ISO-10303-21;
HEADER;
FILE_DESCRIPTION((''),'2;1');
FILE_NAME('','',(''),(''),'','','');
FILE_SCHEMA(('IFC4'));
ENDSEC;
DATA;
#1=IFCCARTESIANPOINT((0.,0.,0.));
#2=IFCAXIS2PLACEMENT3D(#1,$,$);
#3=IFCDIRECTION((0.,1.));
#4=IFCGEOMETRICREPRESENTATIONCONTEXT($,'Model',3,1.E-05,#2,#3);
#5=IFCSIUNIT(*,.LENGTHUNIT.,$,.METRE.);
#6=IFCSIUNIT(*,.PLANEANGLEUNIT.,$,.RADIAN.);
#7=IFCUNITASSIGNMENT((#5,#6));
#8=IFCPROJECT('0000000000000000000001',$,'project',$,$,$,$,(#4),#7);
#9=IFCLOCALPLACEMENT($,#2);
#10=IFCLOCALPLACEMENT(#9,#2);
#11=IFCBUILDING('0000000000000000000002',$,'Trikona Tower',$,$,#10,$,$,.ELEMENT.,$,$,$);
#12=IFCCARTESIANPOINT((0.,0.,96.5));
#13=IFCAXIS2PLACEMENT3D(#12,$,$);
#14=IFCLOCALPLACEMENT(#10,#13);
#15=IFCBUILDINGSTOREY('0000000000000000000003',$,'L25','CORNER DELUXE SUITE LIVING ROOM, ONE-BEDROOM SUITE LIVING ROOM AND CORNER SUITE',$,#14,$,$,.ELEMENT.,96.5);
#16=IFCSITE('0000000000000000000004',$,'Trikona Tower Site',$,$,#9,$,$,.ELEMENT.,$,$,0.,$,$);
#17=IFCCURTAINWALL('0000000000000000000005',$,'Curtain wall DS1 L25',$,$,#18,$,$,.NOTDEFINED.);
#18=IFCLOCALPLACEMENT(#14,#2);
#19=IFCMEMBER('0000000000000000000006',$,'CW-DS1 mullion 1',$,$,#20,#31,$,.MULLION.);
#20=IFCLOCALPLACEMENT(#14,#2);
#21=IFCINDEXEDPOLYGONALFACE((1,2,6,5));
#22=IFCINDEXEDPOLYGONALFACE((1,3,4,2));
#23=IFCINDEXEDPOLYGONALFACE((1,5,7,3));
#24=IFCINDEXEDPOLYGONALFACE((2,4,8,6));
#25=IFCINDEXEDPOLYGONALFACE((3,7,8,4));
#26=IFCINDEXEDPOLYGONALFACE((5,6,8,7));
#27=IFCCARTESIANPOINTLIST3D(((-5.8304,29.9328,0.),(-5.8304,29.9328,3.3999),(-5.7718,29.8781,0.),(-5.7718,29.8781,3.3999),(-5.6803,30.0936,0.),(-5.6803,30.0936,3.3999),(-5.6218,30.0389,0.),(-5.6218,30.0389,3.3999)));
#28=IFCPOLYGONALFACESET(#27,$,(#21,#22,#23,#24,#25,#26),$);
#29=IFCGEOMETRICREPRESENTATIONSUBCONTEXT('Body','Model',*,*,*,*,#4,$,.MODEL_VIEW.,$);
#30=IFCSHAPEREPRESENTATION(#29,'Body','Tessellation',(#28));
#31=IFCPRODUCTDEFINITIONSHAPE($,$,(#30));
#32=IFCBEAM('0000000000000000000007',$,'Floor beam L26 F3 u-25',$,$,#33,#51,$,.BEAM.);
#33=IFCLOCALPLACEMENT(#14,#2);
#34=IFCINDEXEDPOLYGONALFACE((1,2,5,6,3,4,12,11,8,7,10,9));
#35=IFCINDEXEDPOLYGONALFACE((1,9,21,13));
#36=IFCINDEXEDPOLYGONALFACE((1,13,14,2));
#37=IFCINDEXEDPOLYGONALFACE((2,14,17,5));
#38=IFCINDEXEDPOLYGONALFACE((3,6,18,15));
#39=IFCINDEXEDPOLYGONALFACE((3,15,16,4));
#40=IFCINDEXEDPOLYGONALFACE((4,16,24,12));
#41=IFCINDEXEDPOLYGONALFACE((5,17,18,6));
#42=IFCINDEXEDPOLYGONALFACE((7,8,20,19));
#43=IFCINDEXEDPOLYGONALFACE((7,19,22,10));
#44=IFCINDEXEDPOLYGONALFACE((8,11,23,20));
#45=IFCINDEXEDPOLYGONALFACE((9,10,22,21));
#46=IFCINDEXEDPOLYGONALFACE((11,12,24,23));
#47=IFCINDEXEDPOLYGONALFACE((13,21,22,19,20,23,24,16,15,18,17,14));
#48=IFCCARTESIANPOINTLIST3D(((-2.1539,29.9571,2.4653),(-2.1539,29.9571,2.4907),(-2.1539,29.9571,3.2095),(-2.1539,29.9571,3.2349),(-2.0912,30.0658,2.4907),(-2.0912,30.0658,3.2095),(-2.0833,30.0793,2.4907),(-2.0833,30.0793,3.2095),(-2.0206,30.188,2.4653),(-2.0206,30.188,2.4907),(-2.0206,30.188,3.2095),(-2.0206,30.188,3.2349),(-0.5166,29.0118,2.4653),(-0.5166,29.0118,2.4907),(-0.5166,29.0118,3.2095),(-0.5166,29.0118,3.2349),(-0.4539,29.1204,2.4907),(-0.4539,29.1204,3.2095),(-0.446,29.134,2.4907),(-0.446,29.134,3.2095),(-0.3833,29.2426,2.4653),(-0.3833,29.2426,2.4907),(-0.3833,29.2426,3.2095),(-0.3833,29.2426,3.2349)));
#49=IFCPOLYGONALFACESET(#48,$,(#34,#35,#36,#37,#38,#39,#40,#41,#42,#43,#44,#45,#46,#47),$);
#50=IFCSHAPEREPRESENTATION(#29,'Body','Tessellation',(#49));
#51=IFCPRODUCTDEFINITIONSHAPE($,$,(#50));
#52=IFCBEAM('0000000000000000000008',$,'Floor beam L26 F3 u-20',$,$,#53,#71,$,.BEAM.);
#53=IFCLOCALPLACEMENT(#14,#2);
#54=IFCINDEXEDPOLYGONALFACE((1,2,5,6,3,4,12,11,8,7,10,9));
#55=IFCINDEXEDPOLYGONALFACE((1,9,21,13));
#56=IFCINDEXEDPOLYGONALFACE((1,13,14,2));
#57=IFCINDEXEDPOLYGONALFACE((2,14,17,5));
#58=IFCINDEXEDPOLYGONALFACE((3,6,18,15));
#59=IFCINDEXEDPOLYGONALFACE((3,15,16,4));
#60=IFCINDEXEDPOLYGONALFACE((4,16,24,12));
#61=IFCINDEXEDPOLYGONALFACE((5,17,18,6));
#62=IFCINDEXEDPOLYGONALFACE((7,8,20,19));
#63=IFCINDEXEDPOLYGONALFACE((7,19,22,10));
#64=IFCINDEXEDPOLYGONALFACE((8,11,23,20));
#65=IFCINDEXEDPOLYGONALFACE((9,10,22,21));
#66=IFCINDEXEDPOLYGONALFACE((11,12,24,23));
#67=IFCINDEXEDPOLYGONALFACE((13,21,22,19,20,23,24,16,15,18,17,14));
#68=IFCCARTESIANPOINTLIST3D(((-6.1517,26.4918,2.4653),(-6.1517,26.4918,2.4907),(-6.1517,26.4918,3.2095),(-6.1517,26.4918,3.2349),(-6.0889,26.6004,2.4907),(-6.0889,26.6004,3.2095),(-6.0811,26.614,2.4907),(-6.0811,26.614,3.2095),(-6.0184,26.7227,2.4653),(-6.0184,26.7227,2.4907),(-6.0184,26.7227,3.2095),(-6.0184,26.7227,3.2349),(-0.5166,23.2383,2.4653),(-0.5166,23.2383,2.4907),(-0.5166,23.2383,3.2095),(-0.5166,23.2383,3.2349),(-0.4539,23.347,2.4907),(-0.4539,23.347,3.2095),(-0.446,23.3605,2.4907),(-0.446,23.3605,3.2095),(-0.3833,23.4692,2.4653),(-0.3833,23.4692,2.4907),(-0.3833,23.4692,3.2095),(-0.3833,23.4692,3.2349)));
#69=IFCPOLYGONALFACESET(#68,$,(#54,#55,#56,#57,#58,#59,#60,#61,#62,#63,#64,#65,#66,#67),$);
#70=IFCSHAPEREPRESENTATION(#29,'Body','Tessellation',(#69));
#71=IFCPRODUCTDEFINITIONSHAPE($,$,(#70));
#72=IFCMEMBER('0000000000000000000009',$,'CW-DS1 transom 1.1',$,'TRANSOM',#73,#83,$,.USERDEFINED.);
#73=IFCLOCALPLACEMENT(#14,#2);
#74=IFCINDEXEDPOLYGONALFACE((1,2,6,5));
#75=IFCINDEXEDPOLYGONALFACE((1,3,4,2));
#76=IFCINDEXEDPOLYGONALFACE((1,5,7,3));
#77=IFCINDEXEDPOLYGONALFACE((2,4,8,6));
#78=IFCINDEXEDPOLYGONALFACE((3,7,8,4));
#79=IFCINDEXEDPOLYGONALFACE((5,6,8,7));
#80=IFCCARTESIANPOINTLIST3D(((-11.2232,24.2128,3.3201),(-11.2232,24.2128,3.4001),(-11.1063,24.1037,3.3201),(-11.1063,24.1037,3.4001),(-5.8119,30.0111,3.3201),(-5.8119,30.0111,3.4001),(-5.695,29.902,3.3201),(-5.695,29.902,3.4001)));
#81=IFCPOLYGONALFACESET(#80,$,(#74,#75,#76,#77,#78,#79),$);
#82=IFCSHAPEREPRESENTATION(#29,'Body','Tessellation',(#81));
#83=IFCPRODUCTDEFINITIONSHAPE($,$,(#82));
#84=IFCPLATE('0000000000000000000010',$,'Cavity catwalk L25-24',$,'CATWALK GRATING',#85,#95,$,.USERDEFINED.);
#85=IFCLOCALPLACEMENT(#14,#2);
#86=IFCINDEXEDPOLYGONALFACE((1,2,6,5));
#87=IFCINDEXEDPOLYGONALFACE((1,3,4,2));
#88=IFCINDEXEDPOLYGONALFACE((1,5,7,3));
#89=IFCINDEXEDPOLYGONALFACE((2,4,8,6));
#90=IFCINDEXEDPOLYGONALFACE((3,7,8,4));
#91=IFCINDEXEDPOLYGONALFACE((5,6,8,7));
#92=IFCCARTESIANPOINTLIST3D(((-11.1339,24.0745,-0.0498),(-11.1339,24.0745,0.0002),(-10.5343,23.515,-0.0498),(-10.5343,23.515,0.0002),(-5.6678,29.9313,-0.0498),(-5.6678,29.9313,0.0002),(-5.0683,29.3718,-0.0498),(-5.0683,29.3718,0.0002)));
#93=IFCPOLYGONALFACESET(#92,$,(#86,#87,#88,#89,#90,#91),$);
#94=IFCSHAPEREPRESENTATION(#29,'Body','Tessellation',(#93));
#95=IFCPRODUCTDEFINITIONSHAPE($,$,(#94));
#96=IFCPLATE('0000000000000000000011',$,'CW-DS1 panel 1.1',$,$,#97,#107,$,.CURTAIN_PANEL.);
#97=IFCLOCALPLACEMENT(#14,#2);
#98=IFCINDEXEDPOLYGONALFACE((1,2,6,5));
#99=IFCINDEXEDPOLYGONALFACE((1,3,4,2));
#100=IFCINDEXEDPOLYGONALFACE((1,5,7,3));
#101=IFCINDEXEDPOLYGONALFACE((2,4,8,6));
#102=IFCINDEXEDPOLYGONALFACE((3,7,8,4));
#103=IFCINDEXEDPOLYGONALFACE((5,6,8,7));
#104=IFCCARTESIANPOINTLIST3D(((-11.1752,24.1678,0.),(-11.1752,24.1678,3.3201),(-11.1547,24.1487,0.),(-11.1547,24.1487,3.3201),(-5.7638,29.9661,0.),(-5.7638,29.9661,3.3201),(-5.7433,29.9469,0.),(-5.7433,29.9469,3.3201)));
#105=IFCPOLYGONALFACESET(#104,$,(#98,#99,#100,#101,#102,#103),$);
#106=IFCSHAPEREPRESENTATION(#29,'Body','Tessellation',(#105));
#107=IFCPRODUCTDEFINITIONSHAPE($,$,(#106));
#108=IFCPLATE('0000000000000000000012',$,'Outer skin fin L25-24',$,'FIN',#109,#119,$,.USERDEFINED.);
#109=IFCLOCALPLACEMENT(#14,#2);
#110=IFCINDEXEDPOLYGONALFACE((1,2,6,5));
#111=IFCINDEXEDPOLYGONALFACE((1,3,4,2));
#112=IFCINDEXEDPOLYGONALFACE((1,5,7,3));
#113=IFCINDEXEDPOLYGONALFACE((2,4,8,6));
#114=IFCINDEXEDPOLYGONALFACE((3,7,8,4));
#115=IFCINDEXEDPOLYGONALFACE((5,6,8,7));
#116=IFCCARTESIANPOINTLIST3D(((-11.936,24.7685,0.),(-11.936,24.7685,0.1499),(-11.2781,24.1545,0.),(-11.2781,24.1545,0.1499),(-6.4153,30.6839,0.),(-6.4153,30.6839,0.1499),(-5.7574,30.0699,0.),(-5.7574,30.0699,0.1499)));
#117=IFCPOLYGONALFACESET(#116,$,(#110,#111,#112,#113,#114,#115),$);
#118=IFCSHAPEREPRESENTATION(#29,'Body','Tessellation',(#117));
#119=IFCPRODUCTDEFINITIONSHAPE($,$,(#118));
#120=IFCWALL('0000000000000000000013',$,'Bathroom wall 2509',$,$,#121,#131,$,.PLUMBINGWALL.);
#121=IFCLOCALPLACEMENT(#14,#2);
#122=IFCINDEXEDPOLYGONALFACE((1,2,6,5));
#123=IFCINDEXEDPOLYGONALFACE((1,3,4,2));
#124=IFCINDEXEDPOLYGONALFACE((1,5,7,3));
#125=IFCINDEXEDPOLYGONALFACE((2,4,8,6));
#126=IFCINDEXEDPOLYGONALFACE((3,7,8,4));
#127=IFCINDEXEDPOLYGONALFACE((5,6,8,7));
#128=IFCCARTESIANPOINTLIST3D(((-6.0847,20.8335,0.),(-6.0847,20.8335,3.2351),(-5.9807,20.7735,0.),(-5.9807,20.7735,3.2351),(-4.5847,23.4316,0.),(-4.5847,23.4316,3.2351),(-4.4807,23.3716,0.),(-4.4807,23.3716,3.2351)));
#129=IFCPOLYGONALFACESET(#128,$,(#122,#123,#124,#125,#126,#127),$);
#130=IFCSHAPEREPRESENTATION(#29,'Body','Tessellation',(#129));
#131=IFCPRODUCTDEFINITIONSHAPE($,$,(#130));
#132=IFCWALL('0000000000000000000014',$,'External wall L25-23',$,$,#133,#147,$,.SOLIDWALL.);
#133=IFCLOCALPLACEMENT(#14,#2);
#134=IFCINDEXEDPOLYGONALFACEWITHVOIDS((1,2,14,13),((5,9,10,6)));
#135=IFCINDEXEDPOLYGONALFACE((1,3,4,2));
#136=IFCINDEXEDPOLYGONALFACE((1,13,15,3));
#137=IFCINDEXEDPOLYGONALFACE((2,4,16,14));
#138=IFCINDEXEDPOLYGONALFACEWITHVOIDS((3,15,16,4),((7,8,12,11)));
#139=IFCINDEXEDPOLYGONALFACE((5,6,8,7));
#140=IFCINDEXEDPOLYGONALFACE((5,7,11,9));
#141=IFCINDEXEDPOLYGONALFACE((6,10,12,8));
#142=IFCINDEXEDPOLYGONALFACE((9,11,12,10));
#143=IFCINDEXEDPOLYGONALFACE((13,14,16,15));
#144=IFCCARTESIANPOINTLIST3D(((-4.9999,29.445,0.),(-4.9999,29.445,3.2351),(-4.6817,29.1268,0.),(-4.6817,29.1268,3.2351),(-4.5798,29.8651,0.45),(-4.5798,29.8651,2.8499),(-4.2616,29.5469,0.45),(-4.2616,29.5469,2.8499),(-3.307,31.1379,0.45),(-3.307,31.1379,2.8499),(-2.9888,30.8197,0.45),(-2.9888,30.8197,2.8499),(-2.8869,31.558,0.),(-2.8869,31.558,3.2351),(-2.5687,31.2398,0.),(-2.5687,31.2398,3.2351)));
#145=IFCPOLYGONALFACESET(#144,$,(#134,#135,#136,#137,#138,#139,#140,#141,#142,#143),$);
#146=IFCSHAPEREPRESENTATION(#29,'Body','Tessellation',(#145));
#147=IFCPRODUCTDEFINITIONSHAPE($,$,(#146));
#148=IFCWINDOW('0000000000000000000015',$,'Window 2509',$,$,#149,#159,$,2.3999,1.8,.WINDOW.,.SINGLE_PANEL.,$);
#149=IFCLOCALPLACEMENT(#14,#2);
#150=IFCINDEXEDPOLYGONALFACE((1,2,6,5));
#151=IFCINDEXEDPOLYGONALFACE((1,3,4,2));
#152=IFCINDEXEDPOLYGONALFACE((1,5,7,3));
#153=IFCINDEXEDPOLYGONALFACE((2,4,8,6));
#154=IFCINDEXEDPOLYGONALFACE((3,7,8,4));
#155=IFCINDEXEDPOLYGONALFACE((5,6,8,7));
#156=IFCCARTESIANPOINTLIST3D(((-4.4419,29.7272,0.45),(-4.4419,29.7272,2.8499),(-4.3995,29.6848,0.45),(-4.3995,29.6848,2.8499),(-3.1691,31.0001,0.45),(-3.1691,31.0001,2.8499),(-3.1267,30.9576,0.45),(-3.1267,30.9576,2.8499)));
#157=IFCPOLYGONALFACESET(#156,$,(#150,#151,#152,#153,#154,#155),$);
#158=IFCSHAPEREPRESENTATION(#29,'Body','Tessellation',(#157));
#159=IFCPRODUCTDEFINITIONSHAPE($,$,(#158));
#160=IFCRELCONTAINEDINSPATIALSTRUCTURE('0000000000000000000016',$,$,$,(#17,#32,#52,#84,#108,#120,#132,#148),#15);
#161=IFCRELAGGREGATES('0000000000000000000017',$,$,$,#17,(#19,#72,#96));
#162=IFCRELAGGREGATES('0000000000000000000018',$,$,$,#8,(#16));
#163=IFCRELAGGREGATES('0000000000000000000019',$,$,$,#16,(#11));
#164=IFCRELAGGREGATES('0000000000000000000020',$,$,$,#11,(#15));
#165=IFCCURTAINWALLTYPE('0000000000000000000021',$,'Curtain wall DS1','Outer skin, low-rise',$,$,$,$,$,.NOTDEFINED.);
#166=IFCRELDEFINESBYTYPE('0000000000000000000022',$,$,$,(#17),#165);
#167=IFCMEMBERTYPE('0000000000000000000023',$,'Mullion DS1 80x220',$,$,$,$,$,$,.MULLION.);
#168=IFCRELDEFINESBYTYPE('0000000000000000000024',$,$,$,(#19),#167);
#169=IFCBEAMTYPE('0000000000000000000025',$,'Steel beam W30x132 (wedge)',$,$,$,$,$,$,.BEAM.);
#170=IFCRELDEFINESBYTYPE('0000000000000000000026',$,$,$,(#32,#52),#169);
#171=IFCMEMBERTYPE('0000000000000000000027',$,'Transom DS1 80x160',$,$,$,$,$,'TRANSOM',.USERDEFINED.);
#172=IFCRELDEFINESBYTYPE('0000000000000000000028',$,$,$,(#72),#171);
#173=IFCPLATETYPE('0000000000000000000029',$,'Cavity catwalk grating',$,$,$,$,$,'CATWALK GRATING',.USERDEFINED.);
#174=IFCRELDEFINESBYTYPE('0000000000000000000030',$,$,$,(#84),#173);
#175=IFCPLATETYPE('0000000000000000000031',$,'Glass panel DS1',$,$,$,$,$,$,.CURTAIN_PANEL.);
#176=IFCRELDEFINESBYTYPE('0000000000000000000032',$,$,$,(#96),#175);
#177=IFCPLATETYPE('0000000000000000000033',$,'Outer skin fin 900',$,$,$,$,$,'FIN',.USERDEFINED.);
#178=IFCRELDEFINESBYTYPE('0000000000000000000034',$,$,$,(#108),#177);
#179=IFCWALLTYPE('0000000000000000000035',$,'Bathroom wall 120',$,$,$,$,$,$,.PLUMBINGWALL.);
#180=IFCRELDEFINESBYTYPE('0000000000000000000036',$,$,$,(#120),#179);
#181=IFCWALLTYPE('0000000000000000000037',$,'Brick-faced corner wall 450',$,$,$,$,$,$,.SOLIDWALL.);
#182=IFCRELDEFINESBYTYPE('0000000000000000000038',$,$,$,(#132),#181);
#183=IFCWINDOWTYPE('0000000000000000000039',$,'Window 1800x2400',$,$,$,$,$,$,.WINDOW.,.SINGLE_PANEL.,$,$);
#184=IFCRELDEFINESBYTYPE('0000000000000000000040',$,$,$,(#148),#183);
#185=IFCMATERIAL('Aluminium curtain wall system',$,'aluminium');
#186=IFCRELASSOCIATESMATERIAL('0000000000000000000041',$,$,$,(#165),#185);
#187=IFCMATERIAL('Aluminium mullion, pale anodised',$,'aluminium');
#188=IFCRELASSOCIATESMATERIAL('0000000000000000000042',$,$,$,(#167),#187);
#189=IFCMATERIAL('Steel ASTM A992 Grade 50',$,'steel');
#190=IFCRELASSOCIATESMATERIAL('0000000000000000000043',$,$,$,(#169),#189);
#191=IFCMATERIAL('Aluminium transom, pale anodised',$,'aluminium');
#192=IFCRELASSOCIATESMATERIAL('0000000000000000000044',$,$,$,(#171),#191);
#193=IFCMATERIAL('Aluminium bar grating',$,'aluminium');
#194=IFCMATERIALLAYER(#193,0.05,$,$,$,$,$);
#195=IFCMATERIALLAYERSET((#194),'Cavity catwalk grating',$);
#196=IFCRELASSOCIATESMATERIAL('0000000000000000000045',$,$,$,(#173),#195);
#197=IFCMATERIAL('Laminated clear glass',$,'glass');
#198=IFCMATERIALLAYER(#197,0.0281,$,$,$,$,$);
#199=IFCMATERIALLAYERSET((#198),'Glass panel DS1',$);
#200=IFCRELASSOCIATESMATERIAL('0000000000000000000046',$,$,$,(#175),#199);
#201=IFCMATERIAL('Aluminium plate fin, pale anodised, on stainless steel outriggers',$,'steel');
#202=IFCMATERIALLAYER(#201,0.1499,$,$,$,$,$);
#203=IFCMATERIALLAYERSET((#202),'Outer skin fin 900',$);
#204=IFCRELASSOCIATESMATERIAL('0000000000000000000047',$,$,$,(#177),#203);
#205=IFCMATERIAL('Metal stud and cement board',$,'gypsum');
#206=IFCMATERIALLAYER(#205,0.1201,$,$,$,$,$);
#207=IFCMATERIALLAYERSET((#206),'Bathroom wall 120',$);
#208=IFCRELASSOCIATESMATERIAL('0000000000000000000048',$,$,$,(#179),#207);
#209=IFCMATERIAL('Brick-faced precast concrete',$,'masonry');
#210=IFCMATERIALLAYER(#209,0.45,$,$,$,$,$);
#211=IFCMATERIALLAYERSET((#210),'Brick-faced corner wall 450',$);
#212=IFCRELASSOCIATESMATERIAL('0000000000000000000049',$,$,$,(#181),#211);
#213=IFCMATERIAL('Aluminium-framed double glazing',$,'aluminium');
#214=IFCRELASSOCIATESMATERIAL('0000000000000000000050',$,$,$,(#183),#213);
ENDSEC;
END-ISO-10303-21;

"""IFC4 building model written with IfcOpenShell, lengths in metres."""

from ifc_helpers import new_model, si_unit, direction, frame, frame_2d, origin, origin_2d, place, context, subcontext, project, spatial, rectangle, i_section, extrude, material, layer, layer_set, material_profile, profile_set, type_object, element, fill, aggregate, save


model = new_model("IFC4")

# Units and contexts
model_context = context("Model", 3, precision=1e-05, world=origin(), true_north=direction((0.0, 1.0)))
body_context = subcontext(model_context, "Body", "Model", "MODEL_VIEW")
ifc_project = project(units=[si_unit("LENGTHUNIT", "METRE"), si_unit("PLANEANGLEUNIT", "RADIAN")], contexts=[model_context])

# Site, building, storey
site_placement = place(None, origin())
site = spatial("IfcSite", under=ifc_project, at=site_placement, Name="Trikona Tower Site", CompositionType="ELEMENT", RefElevation=0.0)
building_placement = place(site_placement, origin())
building = spatial("IfcBuilding", under=site, at=building_placement, Name="Trikona Tower", CompositionType="ELEMENT")
storey_placement = place(building_placement, frame((0.0, 0.0, 96.5)))
storey = spatial("IfcBuildingStorey", under=building, at=storey_placement, Name="L25", Description="CORNER DELUXE SUITE LIVING ROOM, ONE-BEDROOM SUITE LIVING ROOM AND CORNER SUITE", CompositionType="ELEMENT", Elevation=96.5)

# Curtain wall, member
ifc_material_1 = material(Name="Aluminium curtain wall system", Category="aluminium")
curtain_wall_type = type_object("IfcCurtainWallType", Name="Curtain wall DS1", Description="Outer skin, low-rise", PredefinedType="NOTDEFINED", material=ifc_material_1)
curtain_wall_placement = place(storey_placement, origin())
curtain_wall = element("IfcCurtainWall", 1, at=curtain_wall_placement, inside=storey, type_object=curtain_wall_type, Name="Curtain wall DS1 L25", PredefinedType="NOTDEFINED")
ifc_material_2 = material(Name="Aluminium mullion, pale anodised", Category="aluminium")
ifc_material_profile_1 = material_profile(ifc_material_2, rectangle(XDim=0.0801, YDim=0.22, at=origin_2d()), Name="MUL-DS1")
ifc_profile_set_1 = profile_set([ifc_material_profile_1], Name="Aluminium mullion, pale anodised")
member_type_1 = type_object("IfcMemberType", Name="Mullion DS1 80x220", PredefinedType="MULLION", material=ifc_profile_set_1)
member_1_placement = place(storey_placement, frame((-5.7261, 29.9858, 0.0), z_axis=(0.0, 0.0, 1.0), x_axis=(0.731077, -0.682295, 0.0)))
member_1 = element("IfcMember", 2, at=member_1_placement, type_object=member_type_1, Name="CW-DS1 mullion 1", PredefinedType="MULLION", context=body_context, shape_type="SweptSolid", body=[
    extrude(rectangle(XDim=0.0801, YDim=0.22, at=origin_2d()), origin(), (0.0, 0.0, 1.0), 3.3999),
])

# Beams
ifc_material_3 = material(Name="Steel ASTM A992 Grade 50", Category="steel")
ifc_material_profile_2 = material_profile(ifc_material_3, i_section(OverallWidth=0.2666, OverallDepth=0.7695, WebThickness=0.0156, FlangeThickness=0.0254, at=origin_2d()), Name="W30X132")
ifc_profile_set_2 = profile_set([ifc_material_profile_2], Name="Steel ASTM A992 Grade 50")
beam_type = type_object("IfcBeamType", Name="Steel beam W30x132 (wedge)", PredefinedType="BEAM", material=ifc_profile_set_2)
beam_1_placement = place(storey_placement, frame((-0.45, 29.1272, 2.8501), z_axis=(-0.866009, 0.500028, 0.0), x_axis=(-0.500028, -0.866009, 0.0)))
element("IfcBeam", 3, at=beam_1_placement, inside=storey, type_object=beam_type, Name="Floor beam L26 F3 u-25", PredefinedType="BEAM", context=body_context, shape_type="SweptSolid", body=[
    extrude(i_section(OverallWidth=0.2666, OverallDepth=0.7695, WebThickness=0.0156, FlangeThickness=0.0254, at=origin_2d()), origin(), (0.0, 0.0, 1.0), 1.8906),
])
beam_2_placement = place(storey_placement, frame((-0.45, 23.3538, 2.8501), z_axis=(-0.866023, 0.500005, 0.0), x_axis=(-0.500005, -0.866023, 0.0)))
element("IfcBeam", 4, at=beam_2_placement, inside=storey, type_object=beam_type, Name="Floor beam L26 F3 u-20", PredefinedType="BEAM", context=body_context, shape_type="SweptSolid", body=[
    extrude(i_section(OverallWidth=0.2666, OverallDepth=0.7695, WebThickness=0.0156, FlangeThickness=0.0254, at=origin_2d()), origin(), (0.0, 0.0, 1.0), 6.5068),
])

# Member
ifc_material_4 = material(Name="Aluminium transom, pale anodised", Category="aluminium")
ifc_material_profile_3 = material_profile(ifc_material_4, rectangle(XDim=0.1599, YDim=0.0801, at=origin_2d()), Name="TRN-DS1")
ifc_profile_set_3 = profile_set([ifc_material_profile_3], Name="Aluminium transom, pale anodised")
member_type_2 = type_object("IfcMemberType", Name="Transom DS1 80x160", ElementType="TRANSOM", PredefinedType="USERDEFINED", material=ifc_profile_set_3)
member_2_placement = place(storey_placement, frame((-5.7534, 29.9565, 3.3601), z_axis=(-0.682291, -0.731081, 0.0), x_axis=(0.731081, -0.682291, 0.0)))
member_2 = element("IfcMember", 5, at=member_2_placement, type_object=member_type_2, Name="CW-DS1 transom 1.1", ObjectType="TRANSOM", PredefinedType="USERDEFINED", context=body_context, shape_type="SweptSolid", body=[
    extrude(rectangle(XDim=0.1599, YDim=0.0801, at=origin_2d()), origin(), (0.0, 0.0, 1.0), 7.9312),
])

# Plates
ifc_material_5 = material(Name="Aluminium bar grating", Category="aluminium")
ifc_layer_1 = layer(ifc_material_5, 0.05)
ifc_layer_set_1 = layer_set([ifc_layer_1], Name="Cavity catwalk grating")
plate_type_1 = type_object("IfcPlateType", Name="Cavity catwalk grating", ElementType="CATWALK GRATING", PredefinedType="USERDEFINED", material=ifc_layer_set_1)
plate_1_placement = place(storey_placement, frame((-8.1011, 26.7231, -0.0498), z_axis=(0.0, 0.0, 1.0), x_axis=(-0.682298, -0.731074, 0.0)))
element("IfcPlate", 6, at=plate_1_placement, inside=storey, type_object=plate_type_1, Name="Cavity catwalk L25-24", ObjectType="CATWALK GRATING", PredefinedType="USERDEFINED", context=body_context, shape_type="SweptSolid", body=[
    extrude(rectangle(XDim=8.0112, YDim=0.8201, at=origin_2d()), origin(), (0.0, 0.0, 1.0), 0.05),
])
ifc_material_6 = material(Name="Laminated clear glass", Category="glass")
ifc_layer_2 = layer(ifc_material_6, 0.0281)
ifc_layer_set_2 = layer_set([ifc_layer_2], Name="Glass panel DS1")
plate_type_2 = type_object("IfcPlateType", Name="Glass panel DS1", PredefinedType="CURTAIN_PANEL", material=ifc_layer_set_2)
plate_2_placement = place(storey_placement, frame((-8.4592, 27.0574, 0.0), z_axis=(0.0, 0.0, 1.0), x_axis=(-0.682295, -0.731077, 0.0)))
plate_2 = element("IfcPlate", 7, at=plate_2_placement, type_object=plate_type_2, Name="CW-DS1 panel 1.1", PredefinedType="CURTAIN_PANEL", context=body_context, shape_type="SweptSolid", body=[
    extrude(rectangle(XDim=7.9312, YDim=0.0281, at=origin_2d()), origin(), (0.0, 0.0, 1.0), 3.3201),
])
aggregate(curtain_wall, [member_1, member_2, plate_2])
ifc_material_7 = material(Name="Aluminium plate fin, pale anodised, on stainless steel outriggers", Category="steel")
ifc_layer_3 = layer(ifc_material_7, 0.1499)
ifc_layer_set_3 = layer_set([ifc_layer_3], Name="Outer skin fin 900")
plate_type_3 = type_object("IfcPlateType", Name="Outer skin fin 900", ElementType="FIN", PredefinedType="USERDEFINED", material=ifc_layer_set_3)
plate_3_placement = place(storey_placement, frame((-8.8467, 27.4192, 0.0), z_axis=(0.0, 0.0, 1.0), x_axis=(-0.682298, -0.731074, 0.0)))
element("IfcPlate", 8, at=plate_3_placement, inside=storey, type_object=plate_type_3, Name="Outer skin fin L25-24", ObjectType="FIN", PredefinedType="USERDEFINED", context=body_context, shape_type="SweptSolid", body=[
    extrude(rectangle(XDim=8.0913, YDim=0.8999, at=origin_2d()), origin(), (0.0, 0.0, 1.0), 0.1499),
])

# Wall
ifc_material_8 = material(Name="Metal stud and cement board", Category="gypsum")
ifc_layer_4 = layer(ifc_material_8, 0.1201)
ifc_layer_set_4 = layer_set([ifc_layer_4], Name="Bathroom wall 120")
wall_type_1 = type_object("IfcWallType", Name="Bathroom wall 120", PredefinedType="PLUMBINGWALL", material=ifc_layer_set_4)
wall_1_placement = place(storey_placement, frame((-4.5327, 23.4016, 0.0), z_axis=(0.0, 0.0, 1.0), x_axis=(-0.49999, -0.866031, 0.0)))
element("IfcWall", 9, at=wall_1_placement, inside=storey, type_object=wall_type_1, Name="Bathroom wall 2509", PredefinedType="PLUMBINGWALL", context=body_context, shape_type="SweptSolid", body=[
    extrude(rectangle(XDim=3.0, YDim=0.1201, at=frame_2d((1.5, 0.0))), origin(), (0.0, 0.0, 1.0), 3.2351),
])

# Wall, opening, window
ifc_material_9 = material(Name="Brick-faced precast concrete", Category="masonry")
ifc_layer_5 = layer(ifc_material_9, 0.45)
ifc_layer_set_5 = layer_set([ifc_layer_5], Name="Brick-faced corner wall 450")
wall_type_2 = type_object("IfcWallType", Name="Brick-faced corner wall 450", PredefinedType="SOLIDWALL", material=ifc_layer_set_5)
wall_2_placement = place(storey_placement, frame((-2.7278, 31.3989, 0.0), z_axis=(0.0, 0.0, 1.0), x_axis=(-0.707107, -0.707107, 0.0)))
wall_2 = element("IfcWall", 10, at=wall_2_placement, inside=storey, type_object=wall_type_2, Name="External wall L25-23", PredefinedType="SOLIDWALL", context=body_context, shape_type="SweptSolid", body=[
    extrude(rectangle(XDim=2.9883, YDim=0.45, at=frame_2d((1.4941, 0.0))), origin(), (0.0, 0.0, 1.0), 3.2351),
])
opening_1_placement = place(wall_2_placement, frame((0.5942, 0.0, 0.45)))
opening_1 = element("IfcOpeningElement", 11, at=opening_1_placement, cuts=wall_2, PredefinedType="OPENING", context=body_context, shape_type="SweptSolid", body=[
    extrude(rectangle(XDim=1.8, YDim=2.3999, at=frame_2d((0.8999, 1.2))), frame((0.0, 0.2349, 0.0), z_axis=(0.0, -1.0, 0.0), x_axis=(1.0, 0.0, 0.0)), (0.0, 0.0, 1.0), 0.47),
])
ifc_material_10 = material(Name="Aluminium-framed double glazing", Category="aluminium")
window_type_1 = type_object("IfcWindowType", Name="Window 1800x2400", PartitioningType="SINGLE_PANEL", PredefinedType="WINDOW", material=ifc_material_10)
window_1_placement = place(opening_1_placement, origin())
window_1 = element("IfcWindow", 12, at=window_1_placement, inside=storey, type_object=window_type_1, Name="Window 2509", OverallHeight=2.3999, OverallWidth=1.8, PartitioningType="SINGLE_PANEL", PredefinedType="WINDOW", context=body_context, shape_type="SweptSolid", body=[
    extrude(rectangle(XDim=1.8, YDim=2.3999, at=frame_2d((0.8999, 1.2))), frame((0.0, 0.03, 0.0), z_axis=(0.0, -1.0, 0.0), x_axis=(1.0, 0.0, 0.0)), (0.0, 0.0, 1.0), 0.0601),
])
fill(opening_1, window_1)

save(model, "model.ifc")
